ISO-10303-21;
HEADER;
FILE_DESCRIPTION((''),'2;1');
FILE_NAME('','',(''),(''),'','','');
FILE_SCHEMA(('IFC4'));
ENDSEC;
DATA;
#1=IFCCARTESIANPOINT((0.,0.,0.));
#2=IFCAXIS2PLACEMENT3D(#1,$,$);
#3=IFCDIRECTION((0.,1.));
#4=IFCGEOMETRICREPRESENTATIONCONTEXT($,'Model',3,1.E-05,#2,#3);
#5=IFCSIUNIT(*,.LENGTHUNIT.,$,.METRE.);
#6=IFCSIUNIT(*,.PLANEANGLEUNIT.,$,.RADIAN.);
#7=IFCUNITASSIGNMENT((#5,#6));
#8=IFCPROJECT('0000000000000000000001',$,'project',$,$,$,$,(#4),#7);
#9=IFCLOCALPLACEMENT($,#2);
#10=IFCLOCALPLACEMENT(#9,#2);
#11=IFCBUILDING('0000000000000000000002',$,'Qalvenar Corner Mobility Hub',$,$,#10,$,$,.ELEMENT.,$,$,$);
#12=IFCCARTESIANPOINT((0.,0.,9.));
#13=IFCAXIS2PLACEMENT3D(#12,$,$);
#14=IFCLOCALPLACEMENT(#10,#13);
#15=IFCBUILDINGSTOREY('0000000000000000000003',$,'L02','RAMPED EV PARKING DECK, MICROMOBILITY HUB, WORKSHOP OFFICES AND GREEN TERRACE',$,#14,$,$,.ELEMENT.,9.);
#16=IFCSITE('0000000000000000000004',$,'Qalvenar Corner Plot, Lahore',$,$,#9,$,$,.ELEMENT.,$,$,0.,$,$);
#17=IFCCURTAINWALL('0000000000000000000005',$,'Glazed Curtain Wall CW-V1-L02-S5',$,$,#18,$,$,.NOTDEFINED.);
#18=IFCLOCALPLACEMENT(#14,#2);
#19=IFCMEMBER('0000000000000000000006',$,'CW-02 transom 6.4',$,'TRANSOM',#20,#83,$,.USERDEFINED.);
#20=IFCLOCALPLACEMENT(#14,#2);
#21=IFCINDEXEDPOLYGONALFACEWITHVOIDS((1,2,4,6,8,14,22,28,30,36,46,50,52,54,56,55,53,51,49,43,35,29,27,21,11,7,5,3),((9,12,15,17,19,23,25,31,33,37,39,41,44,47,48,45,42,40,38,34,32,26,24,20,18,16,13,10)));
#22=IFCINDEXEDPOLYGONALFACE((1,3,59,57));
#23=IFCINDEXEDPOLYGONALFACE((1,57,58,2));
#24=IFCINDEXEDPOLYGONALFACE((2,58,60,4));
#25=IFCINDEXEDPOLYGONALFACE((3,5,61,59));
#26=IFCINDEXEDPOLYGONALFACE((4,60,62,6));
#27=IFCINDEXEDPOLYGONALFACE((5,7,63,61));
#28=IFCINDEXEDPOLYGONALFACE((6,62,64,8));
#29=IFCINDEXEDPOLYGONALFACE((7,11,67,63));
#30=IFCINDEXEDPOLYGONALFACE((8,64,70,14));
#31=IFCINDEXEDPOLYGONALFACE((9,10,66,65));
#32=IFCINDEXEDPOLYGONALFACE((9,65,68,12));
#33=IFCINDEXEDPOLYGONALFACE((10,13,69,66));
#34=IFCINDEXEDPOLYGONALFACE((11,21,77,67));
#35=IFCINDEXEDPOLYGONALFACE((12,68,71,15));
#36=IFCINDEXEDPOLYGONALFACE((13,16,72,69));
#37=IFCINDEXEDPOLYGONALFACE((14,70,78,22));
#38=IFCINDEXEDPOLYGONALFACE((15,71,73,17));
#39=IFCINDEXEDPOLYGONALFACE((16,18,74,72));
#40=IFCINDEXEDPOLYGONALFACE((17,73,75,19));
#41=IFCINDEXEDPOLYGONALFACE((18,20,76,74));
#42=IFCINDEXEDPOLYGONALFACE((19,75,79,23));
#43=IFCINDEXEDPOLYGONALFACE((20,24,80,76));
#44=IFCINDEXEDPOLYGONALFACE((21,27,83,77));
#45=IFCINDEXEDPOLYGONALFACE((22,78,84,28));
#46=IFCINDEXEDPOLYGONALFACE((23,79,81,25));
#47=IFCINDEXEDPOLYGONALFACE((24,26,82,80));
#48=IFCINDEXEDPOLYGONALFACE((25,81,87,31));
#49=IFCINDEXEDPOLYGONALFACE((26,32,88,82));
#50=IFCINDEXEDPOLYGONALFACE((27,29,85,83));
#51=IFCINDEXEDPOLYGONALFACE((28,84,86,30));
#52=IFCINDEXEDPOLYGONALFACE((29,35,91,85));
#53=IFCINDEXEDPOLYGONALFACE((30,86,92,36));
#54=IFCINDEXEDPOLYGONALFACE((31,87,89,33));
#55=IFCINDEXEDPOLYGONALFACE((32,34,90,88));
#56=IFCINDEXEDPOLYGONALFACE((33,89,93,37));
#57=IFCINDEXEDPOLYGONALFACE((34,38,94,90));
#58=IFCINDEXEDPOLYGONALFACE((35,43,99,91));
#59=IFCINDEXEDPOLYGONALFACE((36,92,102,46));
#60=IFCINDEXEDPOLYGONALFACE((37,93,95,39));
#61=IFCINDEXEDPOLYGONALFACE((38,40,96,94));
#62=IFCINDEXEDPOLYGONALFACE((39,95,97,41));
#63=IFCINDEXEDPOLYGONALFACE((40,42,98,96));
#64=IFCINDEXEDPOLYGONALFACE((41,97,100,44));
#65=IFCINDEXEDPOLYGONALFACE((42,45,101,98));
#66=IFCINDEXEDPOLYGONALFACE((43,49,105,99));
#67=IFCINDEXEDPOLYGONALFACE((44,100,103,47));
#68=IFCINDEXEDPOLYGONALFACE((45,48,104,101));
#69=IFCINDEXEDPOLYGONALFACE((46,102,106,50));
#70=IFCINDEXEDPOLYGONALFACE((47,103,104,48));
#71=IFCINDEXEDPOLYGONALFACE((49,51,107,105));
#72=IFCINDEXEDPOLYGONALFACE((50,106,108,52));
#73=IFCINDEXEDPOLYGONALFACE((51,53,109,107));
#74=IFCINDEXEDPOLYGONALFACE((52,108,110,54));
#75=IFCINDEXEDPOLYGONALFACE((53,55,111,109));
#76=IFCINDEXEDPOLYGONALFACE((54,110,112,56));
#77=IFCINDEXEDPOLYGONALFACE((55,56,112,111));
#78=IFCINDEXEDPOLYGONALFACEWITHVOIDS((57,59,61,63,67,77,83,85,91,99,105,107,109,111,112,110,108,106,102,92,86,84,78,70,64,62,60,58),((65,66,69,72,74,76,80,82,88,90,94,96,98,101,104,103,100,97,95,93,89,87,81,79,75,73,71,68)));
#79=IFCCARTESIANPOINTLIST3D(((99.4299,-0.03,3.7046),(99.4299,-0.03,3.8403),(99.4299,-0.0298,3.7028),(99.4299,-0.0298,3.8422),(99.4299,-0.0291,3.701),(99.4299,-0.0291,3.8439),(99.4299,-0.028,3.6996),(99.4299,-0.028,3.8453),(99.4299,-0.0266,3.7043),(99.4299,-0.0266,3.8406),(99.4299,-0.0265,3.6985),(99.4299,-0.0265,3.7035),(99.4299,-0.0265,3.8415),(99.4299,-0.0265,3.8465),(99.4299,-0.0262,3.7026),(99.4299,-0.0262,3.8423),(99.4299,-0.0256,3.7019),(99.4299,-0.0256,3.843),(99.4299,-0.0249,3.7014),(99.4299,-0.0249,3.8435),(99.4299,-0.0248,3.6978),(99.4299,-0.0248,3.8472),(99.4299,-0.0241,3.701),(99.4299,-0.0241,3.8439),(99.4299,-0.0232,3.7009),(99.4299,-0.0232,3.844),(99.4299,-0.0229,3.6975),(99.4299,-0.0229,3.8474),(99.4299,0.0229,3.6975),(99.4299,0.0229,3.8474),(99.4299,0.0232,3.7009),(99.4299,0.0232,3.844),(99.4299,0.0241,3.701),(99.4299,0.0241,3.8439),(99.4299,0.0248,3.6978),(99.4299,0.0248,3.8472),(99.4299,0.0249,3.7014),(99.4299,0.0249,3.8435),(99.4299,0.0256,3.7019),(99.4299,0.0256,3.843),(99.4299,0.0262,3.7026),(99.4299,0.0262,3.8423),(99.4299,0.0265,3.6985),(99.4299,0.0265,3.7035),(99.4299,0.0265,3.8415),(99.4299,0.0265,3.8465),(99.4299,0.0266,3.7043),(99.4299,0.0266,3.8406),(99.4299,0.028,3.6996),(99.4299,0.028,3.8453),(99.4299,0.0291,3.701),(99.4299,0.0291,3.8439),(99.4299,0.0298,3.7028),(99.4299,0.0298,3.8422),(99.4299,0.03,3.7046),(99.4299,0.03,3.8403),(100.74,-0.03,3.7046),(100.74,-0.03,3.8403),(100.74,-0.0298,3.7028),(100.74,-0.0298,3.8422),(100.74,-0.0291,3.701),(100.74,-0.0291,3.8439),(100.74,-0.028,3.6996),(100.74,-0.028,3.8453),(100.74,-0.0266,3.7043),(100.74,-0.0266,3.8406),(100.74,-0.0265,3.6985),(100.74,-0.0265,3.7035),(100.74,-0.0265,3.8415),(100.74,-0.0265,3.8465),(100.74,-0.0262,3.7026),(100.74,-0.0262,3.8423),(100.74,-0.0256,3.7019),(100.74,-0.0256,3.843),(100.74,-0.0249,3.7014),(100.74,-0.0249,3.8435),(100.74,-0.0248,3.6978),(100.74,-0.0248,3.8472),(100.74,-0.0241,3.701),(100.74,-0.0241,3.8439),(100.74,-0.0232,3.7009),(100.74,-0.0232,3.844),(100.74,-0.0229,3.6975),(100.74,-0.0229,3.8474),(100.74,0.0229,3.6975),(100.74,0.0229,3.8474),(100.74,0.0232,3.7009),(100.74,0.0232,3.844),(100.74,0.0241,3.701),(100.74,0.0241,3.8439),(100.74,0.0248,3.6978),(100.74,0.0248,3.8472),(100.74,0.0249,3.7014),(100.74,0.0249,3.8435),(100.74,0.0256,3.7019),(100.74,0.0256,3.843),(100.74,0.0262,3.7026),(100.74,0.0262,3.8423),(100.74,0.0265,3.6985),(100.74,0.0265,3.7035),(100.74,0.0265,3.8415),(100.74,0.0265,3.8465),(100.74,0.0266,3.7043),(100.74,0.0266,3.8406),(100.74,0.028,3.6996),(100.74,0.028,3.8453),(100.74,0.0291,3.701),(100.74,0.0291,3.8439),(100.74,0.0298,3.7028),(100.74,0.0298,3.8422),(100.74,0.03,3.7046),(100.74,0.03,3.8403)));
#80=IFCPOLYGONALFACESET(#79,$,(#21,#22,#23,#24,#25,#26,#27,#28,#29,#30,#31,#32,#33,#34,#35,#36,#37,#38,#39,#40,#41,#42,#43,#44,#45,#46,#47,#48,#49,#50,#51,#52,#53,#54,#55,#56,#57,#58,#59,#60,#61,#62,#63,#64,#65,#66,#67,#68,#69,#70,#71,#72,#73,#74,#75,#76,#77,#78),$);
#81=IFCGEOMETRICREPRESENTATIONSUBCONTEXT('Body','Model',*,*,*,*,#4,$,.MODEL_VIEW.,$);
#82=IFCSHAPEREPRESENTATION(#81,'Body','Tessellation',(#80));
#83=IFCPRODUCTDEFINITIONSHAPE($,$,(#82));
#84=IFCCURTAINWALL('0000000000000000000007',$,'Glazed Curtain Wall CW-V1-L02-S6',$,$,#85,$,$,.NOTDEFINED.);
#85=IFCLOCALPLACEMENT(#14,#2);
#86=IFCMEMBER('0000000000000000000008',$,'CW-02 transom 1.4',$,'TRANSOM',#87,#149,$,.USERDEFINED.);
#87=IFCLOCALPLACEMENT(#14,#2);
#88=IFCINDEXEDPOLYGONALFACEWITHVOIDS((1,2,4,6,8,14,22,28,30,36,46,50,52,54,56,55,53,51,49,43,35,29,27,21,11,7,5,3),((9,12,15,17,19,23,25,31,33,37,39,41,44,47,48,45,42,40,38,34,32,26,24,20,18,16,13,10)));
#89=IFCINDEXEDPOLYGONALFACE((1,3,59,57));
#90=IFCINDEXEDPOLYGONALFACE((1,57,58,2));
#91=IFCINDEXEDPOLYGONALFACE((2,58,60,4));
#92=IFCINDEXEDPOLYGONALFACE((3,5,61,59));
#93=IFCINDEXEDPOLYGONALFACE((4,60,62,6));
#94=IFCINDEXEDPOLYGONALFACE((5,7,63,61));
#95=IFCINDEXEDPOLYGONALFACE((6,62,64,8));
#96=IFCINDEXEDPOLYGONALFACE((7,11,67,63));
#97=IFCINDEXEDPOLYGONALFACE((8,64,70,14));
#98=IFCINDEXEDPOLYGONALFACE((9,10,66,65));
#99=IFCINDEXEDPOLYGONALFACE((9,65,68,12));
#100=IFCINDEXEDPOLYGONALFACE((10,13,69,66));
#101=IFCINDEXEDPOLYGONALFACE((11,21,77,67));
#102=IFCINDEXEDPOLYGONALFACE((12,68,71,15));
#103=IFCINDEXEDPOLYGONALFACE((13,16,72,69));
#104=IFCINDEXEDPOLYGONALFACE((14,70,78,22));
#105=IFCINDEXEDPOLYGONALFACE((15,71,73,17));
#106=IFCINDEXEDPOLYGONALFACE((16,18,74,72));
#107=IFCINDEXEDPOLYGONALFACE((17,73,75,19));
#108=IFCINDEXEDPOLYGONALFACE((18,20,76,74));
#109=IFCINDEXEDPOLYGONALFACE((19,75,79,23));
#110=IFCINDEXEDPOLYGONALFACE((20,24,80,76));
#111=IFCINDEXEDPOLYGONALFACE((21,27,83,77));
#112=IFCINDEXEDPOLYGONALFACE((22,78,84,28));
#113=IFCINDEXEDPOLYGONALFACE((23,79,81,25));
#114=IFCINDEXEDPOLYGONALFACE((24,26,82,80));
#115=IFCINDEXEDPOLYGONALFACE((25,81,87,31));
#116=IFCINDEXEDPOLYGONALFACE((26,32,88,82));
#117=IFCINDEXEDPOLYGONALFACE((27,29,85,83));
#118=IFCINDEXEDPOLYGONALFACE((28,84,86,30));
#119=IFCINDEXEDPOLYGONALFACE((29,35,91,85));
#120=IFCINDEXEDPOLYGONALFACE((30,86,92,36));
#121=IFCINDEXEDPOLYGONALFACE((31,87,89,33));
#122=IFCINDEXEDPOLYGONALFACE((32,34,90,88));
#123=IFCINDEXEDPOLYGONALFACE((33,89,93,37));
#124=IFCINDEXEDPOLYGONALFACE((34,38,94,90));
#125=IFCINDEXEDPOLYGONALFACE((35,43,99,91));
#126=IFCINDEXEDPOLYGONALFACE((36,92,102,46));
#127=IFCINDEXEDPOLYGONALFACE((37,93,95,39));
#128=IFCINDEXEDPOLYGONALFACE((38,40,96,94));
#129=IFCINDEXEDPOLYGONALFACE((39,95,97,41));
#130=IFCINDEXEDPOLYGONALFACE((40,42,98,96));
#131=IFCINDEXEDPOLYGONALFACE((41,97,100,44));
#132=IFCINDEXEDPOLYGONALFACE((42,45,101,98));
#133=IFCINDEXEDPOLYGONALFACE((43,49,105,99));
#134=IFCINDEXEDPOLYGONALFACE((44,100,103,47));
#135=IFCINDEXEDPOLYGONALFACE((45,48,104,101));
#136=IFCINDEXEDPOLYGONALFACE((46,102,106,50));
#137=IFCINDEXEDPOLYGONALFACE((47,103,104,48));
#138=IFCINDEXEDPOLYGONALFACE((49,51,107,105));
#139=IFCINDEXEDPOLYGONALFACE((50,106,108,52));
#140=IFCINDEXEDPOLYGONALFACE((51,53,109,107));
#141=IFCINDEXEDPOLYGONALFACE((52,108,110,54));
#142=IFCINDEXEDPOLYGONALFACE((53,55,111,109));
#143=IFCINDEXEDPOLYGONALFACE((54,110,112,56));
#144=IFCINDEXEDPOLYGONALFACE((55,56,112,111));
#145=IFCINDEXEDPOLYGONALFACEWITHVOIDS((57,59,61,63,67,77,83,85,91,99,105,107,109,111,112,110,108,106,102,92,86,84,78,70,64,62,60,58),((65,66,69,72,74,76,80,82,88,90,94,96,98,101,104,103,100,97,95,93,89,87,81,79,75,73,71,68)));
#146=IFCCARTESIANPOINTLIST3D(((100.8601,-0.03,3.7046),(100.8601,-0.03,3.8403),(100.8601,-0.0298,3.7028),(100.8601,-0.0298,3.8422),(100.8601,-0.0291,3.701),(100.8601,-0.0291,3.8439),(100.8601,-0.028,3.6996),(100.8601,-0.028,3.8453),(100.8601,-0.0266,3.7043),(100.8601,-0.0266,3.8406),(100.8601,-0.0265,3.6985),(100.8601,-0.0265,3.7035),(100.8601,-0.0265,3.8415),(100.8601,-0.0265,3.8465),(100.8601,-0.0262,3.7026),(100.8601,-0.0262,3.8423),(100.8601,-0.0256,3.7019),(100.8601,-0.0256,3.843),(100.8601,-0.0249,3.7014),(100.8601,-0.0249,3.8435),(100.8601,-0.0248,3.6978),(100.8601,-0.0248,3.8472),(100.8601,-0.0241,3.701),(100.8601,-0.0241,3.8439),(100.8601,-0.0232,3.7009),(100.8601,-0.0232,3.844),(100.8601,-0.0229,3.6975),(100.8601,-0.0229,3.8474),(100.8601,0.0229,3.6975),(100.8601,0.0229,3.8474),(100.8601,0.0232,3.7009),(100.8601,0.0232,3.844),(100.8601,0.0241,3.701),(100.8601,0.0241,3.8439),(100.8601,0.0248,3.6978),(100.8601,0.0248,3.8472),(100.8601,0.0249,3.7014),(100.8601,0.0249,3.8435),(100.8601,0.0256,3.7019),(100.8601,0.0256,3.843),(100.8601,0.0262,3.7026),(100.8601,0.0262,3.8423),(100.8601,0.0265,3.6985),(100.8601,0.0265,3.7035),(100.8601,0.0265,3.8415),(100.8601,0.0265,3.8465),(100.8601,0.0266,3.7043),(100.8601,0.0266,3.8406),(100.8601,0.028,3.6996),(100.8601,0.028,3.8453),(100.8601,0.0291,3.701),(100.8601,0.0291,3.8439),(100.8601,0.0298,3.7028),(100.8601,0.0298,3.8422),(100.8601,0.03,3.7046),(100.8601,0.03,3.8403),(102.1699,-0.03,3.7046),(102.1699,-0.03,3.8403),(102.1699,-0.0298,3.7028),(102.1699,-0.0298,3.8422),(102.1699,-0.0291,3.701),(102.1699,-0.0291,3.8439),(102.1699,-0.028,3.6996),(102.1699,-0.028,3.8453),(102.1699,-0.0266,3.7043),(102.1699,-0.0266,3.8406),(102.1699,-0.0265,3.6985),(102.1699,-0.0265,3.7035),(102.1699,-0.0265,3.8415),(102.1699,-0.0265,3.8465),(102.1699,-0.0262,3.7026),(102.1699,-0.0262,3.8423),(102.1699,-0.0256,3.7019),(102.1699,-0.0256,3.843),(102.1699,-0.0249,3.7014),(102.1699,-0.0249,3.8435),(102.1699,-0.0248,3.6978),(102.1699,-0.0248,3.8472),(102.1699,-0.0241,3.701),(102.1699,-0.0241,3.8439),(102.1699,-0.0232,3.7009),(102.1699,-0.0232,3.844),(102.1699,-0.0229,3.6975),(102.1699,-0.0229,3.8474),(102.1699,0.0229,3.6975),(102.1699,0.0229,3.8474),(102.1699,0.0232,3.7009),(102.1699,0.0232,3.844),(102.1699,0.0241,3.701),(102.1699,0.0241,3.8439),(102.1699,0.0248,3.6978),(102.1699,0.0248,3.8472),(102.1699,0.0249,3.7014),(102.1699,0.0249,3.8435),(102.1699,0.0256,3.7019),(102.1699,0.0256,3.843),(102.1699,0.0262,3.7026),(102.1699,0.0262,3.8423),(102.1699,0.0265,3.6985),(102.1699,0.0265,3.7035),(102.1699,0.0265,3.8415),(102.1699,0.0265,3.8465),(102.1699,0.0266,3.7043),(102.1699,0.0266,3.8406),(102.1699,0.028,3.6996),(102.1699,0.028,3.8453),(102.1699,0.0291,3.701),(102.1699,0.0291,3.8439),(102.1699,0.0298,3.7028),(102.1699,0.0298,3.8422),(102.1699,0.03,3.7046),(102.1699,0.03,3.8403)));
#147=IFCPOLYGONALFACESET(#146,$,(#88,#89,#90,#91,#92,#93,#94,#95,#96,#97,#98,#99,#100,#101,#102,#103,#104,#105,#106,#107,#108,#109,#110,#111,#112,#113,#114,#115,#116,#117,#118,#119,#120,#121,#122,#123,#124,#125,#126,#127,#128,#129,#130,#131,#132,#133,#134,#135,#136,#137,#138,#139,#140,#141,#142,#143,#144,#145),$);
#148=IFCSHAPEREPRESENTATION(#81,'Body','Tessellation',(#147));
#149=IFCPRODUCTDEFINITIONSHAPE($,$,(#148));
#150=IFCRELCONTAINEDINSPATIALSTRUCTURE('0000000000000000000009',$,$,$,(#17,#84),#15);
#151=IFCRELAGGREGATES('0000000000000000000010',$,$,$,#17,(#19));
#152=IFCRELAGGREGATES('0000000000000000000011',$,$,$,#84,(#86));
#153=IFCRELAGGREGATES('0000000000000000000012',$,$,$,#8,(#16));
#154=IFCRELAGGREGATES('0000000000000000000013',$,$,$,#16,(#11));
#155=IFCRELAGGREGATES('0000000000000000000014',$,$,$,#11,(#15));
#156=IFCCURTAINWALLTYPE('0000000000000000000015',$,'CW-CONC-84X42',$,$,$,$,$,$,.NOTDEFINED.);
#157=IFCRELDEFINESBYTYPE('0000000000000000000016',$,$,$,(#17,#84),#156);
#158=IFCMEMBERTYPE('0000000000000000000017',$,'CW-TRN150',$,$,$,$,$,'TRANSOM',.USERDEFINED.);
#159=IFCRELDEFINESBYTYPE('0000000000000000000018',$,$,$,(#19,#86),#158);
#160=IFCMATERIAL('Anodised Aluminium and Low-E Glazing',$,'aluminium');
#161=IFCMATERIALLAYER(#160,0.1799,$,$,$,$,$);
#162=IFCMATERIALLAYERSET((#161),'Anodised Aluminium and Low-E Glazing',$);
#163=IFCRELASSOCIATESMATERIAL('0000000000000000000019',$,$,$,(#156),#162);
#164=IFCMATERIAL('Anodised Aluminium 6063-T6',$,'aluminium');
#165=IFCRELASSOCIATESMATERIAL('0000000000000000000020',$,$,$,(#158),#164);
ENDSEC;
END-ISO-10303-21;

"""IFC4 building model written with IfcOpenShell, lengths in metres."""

from ifc_helpers import new_model, si_unit, direction, frame, origin, origin_2d, place, context, subcontext, project, spatial, hollow_rectangle, extrude, material, layer, layer_set, material_profile, profile_set, type_object, element, aggregate, save


model = new_model("IFC4")

# Units and contexts
model_context = context("Model", 3, precision=1e-05, world=origin(), true_north=direction((0.0, 1.0)))
body_context = subcontext(model_context, "Body", "Model", "MODEL_VIEW")
ifc_project = project(units=[si_unit("LENGTHUNIT", "METRE"), si_unit("PLANEANGLEUNIT", "RADIAN")], contexts=[model_context])

# Site, building, storey
site_placement = place(None, origin())
site = spatial("IfcSite", under=ifc_project, at=site_placement, Name="Qalvenar Corner Plot, Lahore", CompositionType="ELEMENT", RefElevation=0.0)
building_placement = place(site_placement, origin())
building = spatial("IfcBuilding", under=site, at=building_placement, Name="Qalvenar Corner Mobility Hub", CompositionType="ELEMENT")
storey_placement = place(building_placement, frame((0.0, 0.0, 9.0)))
storey = spatial("IfcBuildingStorey", under=building, at=storey_placement, Name="L02", Description="RAMPED EV PARKING DECK, MICROMOBILITY HUB, WORKSHOP OFFICES AND GREEN TERRACE", CompositionType="ELEMENT", Elevation=9.0)

# Curtain walls, members
ifc_material_1 = material(Name="Anodised Aluminium and Low-E Glazing", Category="aluminium")
ifc_layer_1 = layer(ifc_material_1, 0.1799)
ifc_layer_set_1 = layer_set([ifc_layer_1], Name="Anodised Aluminium and Low-E Glazing")
curtain_wall_type = type_object("IfcCurtainWallType", Name="CW-CONC-84X42", PredefinedType="NOTDEFINED", material=ifc_layer_set_1)
curtain_wall_1_placement = place(storey_placement, origin())
curtain_wall_1 = element("IfcCurtainWall", 1, at=curtain_wall_1_placement, inside=storey, type_object=curtain_wall_type, Name="Glazed Curtain Wall CW-V1-L02-S5", PredefinedType="NOTDEFINED")
ifc_material_2 = material(Name="Anodised Aluminium 6063-T6", Category="aluminium")
ifc_material_profile_1 = material_profile(ifc_material_2, hollow_rectangle(XDim=0.0601, YDim=0.1499, WallThickness=0.0034, InnerFilletRadius=0.0034, OuterFilletRadius=0.0071, at=origin_2d()), Name="RHS150x60x3.5")
ifc_profile_set_1 = profile_set([ifc_material_profile_1], Name="Anodised Aluminium 6063-T6")
member_type_1 = type_object("IfcMemberType", Name="CW-TRN150", ElementType="TRANSOM", PredefinedType="USERDEFINED", material=ifc_profile_set_1)
member_1_placement = place(storey_placement, frame((99.4299, 0.0, 3.7725), z_axis=(1.0, 0.0, 0.0), x_axis=(0.0, 1.0, 0.0)))
member_1 = element("IfcMember", 2, at=member_1_placement, type_object=member_type_1, Name="CW-02 transom 6.4", ObjectType="TRANSOM", PredefinedType="USERDEFINED", context=body_context, shape_type="SweptSolid", body=[
    extrude(hollow_rectangle(XDim=0.0601, YDim=0.1499, WallThickness=0.0034, InnerFilletRadius=0.0034, OuterFilletRadius=0.0071, at=origin_2d()), origin(), (0.0, 0.0, 1.0), 1.3101),
])
aggregate(curtain_wall_1, [member_1])
curtain_wall_2_placement = place(storey_placement, origin())
curtain_wall_2 = element("IfcCurtainWall", 3, at=curtain_wall_2_placement, inside=storey, type_object=curtain_wall_type, Name="Glazed Curtain Wall CW-V1-L02-S6", PredefinedType="NOTDEFINED")
member_2_placement = place(storey_placement, frame((100.8601, 0.0, 3.7725), z_axis=(1.0, 0.0, 0.0), x_axis=(0.0, 1.0, 0.0)))
member_2 = element("IfcMember", 4, at=member_2_placement, type_object=member_type_1, Name="CW-02 transom 1.4", ObjectType="TRANSOM", PredefinedType="USERDEFINED", context=body_context, shape_type="SweptSolid", body=[
    extrude(hollow_rectangle(XDim=0.0601, YDim=0.1499, WallThickness=0.0034, InnerFilletRadius=0.0034, OuterFilletRadius=0.0071, at=origin_2d()), origin(), (0.0, 0.0, 1.0), 1.3098),
])
aggregate(curtain_wall_2, [member_2])

save(model, "model.ifc")
